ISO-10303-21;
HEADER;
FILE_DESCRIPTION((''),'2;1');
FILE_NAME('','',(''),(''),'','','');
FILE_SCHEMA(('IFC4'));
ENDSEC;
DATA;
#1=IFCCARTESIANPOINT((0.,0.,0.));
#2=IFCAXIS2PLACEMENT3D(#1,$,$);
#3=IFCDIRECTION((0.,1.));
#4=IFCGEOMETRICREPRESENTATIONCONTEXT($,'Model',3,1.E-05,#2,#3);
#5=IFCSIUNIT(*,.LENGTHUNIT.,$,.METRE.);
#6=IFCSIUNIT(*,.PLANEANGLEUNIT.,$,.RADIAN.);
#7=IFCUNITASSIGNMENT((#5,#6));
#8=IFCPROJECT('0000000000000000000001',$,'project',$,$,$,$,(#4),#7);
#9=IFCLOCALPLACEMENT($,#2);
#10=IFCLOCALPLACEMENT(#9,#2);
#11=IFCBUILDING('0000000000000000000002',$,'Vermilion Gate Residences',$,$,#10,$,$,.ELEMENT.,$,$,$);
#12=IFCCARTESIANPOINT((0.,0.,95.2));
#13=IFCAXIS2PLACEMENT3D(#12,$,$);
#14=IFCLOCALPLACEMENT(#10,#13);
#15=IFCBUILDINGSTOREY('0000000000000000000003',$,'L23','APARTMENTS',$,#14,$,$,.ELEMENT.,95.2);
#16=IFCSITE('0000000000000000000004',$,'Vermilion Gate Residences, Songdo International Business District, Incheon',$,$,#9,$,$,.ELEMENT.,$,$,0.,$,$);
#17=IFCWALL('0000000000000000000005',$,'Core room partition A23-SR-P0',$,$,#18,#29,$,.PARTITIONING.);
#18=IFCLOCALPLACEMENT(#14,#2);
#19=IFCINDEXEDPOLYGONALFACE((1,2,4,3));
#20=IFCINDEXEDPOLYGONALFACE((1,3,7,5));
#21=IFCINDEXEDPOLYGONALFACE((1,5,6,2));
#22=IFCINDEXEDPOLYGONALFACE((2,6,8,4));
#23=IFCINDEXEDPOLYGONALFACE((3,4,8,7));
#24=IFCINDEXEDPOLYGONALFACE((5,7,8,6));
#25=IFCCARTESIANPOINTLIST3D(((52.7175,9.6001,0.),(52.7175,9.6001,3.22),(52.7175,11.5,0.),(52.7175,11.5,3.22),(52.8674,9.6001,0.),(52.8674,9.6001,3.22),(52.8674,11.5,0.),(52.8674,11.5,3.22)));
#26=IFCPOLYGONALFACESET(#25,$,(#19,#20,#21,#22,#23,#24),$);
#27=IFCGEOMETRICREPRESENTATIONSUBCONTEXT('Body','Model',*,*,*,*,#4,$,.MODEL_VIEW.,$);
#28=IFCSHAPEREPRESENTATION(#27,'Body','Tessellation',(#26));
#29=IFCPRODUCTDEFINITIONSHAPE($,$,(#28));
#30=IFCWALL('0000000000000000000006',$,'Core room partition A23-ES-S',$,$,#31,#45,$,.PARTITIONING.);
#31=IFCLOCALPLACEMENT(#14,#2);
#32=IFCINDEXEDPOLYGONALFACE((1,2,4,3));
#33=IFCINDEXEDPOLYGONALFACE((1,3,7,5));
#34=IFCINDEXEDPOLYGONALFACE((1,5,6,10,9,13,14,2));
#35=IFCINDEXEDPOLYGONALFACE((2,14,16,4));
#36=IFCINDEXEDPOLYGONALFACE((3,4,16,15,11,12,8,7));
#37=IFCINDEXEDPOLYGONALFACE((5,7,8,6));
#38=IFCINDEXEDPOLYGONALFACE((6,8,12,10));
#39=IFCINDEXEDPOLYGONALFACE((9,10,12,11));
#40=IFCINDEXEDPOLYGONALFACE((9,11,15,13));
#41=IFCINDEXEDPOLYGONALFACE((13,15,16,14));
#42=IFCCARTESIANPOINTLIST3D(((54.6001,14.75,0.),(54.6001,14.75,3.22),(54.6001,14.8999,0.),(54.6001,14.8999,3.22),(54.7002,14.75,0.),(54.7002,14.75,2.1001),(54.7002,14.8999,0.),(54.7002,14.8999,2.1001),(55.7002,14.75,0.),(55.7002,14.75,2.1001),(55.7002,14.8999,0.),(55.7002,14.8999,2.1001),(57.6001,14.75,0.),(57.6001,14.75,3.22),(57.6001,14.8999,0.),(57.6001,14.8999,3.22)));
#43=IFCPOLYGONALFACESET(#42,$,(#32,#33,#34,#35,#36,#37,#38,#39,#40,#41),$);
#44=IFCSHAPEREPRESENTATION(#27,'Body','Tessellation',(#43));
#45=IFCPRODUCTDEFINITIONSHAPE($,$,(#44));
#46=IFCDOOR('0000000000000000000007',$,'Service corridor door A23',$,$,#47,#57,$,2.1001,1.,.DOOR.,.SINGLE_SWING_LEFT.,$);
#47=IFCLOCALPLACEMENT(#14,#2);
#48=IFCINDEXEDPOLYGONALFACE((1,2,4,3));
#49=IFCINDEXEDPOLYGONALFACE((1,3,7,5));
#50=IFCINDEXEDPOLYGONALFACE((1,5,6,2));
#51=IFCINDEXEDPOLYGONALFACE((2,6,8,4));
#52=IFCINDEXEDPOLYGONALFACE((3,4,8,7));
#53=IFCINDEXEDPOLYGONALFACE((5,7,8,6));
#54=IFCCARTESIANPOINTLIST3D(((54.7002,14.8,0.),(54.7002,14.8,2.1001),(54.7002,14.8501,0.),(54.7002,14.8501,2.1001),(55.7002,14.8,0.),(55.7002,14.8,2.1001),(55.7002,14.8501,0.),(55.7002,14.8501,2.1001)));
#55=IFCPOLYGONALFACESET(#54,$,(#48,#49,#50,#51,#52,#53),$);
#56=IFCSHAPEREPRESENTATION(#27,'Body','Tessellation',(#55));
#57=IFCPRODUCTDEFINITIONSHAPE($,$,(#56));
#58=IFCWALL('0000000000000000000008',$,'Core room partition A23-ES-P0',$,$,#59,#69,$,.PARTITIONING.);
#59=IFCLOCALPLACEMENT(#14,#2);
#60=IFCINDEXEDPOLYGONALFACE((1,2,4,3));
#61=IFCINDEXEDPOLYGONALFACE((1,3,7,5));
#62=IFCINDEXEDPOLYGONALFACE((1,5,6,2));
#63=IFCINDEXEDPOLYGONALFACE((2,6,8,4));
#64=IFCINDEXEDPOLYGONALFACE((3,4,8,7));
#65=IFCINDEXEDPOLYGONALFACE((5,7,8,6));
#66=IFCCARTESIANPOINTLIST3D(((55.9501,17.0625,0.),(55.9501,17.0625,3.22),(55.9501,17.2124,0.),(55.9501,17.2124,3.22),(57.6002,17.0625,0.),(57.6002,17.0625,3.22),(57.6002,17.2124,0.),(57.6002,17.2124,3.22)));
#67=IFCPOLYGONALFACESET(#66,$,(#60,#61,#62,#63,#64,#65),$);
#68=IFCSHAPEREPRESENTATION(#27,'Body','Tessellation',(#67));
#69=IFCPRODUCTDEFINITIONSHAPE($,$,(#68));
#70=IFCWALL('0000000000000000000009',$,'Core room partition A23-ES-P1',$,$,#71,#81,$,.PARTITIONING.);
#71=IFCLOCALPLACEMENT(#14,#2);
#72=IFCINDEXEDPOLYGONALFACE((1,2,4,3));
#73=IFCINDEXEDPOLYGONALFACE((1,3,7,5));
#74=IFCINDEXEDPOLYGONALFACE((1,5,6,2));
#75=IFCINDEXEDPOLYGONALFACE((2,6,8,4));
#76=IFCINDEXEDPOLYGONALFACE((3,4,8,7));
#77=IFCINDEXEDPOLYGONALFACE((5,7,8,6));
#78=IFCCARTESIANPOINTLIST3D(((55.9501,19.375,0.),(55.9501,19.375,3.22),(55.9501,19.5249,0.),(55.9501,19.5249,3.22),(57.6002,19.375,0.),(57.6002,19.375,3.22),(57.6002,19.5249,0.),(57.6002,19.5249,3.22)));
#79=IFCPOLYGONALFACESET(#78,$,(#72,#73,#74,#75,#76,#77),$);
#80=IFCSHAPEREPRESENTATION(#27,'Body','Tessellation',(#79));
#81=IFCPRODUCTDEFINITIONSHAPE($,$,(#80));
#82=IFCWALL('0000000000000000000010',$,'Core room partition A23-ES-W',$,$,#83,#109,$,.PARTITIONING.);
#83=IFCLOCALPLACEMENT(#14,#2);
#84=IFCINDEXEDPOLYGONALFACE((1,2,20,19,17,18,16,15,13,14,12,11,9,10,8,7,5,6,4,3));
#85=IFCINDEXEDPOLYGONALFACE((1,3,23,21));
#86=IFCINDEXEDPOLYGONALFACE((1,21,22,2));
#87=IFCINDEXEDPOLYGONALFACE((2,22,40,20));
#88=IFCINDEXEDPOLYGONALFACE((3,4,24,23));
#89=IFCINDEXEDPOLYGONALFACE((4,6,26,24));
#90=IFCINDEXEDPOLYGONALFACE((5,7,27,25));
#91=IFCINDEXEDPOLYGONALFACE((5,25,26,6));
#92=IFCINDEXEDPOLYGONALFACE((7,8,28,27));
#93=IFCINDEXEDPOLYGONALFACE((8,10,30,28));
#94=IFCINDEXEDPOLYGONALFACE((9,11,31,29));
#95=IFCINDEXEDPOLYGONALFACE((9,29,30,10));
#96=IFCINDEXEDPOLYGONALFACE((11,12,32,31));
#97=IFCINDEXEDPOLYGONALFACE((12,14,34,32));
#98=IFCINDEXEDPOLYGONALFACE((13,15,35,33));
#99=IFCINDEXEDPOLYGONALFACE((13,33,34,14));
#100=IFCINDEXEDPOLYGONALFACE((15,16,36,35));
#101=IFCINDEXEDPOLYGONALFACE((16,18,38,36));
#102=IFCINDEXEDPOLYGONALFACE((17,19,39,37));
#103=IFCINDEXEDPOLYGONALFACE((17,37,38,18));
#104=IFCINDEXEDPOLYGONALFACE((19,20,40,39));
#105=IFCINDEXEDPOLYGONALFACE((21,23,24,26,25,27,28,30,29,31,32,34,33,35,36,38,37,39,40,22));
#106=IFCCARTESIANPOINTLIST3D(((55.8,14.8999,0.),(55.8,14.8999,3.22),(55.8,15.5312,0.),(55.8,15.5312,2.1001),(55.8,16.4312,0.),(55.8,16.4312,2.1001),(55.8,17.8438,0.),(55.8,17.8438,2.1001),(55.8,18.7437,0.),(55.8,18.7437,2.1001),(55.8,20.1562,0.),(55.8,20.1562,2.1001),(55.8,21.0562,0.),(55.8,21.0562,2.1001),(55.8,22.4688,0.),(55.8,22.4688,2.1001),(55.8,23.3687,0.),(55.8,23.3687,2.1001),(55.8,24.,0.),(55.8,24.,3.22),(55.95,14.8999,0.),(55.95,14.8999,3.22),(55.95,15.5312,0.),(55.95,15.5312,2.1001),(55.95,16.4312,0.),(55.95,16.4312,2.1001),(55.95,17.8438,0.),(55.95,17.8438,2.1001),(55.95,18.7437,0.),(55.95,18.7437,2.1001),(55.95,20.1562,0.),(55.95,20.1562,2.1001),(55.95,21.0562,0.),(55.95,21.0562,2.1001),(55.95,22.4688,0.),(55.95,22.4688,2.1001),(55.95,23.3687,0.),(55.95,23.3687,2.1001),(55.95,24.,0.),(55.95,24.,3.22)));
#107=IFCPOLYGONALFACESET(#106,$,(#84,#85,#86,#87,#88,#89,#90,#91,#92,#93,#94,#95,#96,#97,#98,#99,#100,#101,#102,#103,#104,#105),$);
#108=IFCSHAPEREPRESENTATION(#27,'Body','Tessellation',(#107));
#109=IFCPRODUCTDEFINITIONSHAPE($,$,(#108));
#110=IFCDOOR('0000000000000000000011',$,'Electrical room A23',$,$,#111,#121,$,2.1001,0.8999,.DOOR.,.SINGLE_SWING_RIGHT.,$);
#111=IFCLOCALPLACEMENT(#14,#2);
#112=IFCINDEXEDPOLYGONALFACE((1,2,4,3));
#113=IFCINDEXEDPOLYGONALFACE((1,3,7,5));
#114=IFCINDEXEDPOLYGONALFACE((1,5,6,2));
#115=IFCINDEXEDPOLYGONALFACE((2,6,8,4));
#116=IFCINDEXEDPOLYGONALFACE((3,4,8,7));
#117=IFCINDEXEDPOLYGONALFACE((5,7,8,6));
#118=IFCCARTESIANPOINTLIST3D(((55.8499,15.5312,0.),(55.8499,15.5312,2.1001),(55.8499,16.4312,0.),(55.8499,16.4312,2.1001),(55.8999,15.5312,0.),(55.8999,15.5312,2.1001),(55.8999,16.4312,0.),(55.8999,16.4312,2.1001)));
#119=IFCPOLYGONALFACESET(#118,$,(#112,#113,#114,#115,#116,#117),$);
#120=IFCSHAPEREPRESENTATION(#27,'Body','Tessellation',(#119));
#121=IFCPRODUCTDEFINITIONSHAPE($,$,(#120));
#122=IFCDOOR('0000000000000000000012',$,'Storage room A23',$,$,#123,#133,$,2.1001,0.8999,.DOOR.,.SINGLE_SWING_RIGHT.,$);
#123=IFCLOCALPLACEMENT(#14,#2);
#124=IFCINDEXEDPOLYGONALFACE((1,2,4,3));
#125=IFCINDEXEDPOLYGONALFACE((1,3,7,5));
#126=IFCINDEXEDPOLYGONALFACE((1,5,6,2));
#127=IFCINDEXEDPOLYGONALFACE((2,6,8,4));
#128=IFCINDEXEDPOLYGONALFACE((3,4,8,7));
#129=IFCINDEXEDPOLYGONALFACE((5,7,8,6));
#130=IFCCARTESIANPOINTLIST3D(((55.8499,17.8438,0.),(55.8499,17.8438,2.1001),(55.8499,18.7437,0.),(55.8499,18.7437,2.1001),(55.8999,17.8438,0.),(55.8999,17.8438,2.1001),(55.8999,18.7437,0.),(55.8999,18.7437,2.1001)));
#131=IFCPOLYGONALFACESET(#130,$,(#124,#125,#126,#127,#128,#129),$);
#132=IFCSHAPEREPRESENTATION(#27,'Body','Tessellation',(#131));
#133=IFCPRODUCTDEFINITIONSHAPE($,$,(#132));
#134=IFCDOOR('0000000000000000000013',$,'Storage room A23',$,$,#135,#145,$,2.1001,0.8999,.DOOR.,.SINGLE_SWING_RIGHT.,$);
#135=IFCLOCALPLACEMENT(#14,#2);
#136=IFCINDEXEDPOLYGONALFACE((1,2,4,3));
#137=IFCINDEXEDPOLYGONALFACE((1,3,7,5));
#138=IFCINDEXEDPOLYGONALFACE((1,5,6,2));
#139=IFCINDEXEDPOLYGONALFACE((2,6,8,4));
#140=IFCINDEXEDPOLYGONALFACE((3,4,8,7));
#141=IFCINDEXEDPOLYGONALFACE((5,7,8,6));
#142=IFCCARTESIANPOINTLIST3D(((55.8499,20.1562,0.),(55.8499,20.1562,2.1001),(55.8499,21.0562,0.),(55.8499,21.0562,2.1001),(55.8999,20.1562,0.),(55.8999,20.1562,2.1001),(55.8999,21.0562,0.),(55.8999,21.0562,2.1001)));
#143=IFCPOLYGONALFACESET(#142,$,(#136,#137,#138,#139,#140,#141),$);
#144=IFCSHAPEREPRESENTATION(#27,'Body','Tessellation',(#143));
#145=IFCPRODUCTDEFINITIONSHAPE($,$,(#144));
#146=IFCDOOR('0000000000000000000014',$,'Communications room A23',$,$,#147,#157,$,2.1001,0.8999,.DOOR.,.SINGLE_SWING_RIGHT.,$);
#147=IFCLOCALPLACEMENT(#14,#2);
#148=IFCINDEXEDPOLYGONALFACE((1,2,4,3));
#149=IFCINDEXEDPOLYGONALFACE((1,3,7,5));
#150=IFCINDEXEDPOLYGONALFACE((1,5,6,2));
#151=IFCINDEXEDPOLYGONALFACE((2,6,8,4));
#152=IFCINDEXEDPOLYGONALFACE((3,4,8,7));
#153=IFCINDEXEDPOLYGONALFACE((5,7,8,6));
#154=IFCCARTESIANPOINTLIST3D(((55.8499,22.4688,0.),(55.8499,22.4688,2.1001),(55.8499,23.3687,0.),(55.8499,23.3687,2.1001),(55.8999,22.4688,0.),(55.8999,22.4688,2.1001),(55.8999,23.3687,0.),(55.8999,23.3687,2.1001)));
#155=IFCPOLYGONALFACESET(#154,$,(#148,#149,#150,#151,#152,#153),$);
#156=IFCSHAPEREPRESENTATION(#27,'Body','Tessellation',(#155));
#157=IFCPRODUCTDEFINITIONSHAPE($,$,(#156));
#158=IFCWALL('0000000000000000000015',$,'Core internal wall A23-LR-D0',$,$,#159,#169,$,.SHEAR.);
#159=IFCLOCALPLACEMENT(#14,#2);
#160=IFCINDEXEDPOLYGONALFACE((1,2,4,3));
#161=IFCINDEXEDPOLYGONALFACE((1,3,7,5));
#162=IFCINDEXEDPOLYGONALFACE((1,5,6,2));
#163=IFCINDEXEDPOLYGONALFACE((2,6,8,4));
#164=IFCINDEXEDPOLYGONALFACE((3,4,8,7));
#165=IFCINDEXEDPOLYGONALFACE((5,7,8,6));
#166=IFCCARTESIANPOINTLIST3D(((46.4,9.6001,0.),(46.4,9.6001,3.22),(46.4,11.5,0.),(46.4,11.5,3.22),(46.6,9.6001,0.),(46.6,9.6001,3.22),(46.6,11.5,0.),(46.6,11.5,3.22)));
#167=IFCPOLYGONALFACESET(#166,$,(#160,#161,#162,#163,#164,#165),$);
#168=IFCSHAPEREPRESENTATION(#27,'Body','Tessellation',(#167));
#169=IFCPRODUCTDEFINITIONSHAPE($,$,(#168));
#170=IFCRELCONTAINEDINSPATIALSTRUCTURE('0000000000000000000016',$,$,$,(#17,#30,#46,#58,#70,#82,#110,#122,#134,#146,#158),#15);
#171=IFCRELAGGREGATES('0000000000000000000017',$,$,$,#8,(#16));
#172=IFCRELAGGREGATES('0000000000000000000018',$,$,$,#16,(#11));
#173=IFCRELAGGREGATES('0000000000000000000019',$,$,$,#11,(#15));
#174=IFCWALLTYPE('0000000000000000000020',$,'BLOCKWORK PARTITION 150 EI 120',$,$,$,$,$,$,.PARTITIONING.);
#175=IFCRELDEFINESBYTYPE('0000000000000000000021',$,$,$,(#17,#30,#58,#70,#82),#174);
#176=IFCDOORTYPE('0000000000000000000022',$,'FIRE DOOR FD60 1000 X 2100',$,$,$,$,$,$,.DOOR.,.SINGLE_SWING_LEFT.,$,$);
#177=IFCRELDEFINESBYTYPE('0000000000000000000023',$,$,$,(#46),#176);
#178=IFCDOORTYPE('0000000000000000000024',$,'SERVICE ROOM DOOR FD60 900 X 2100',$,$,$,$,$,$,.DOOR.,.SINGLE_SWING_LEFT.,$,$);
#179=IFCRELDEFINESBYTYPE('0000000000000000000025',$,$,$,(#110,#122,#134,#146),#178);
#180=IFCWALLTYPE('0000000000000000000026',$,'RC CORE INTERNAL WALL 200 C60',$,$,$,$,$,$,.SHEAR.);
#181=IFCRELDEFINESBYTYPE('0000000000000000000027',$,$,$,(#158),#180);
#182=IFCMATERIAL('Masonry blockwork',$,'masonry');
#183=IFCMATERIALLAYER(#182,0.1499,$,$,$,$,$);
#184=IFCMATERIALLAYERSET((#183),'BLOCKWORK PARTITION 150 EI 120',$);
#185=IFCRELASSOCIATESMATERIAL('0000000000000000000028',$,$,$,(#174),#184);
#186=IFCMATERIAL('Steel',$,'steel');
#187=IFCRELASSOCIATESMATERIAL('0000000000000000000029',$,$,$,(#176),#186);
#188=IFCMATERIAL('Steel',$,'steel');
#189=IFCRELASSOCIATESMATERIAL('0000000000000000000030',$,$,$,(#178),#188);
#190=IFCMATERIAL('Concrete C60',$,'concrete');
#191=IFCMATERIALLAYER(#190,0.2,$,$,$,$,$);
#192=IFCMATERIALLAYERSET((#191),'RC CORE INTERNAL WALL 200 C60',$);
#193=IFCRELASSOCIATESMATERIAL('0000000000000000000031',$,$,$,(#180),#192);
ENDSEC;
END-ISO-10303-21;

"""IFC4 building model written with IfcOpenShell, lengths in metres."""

from ifc_helpers import new_model, si_unit, direction, frame, frame_2d, origin, place, context, subcontext, project, spatial, rectangle, extrude, material, layer, layer_set, type_object, element, fill, save


model = new_model("IFC4")

# Units and contexts
model_context = context("Model", 3, precision=1e-05, world=origin(), true_north=direction((0.0, 1.0)))
body_context = subcontext(model_context, "Body", "Model", "MODEL_VIEW")
ifc_project = project(units=[si_unit("LENGTHUNIT", "METRE"), si_unit("PLANEANGLEUNIT", "RADIAN")], contexts=[model_context])

# Site, building, storey
site_placement = place(None, origin())
site = spatial("IfcSite", under=ifc_project, at=site_placement, Name="Vermilion Gate Residences, Songdo International Business District, Incheon", CompositionType="ELEMENT", RefElevation=0.0)
building_placement = place(site_placement, origin())
building = spatial("IfcBuilding", under=site, at=building_placement, Name="Vermilion Gate Residences", CompositionType="ELEMENT")
storey_placement = place(building_placement, frame((0.0, 0.0, 95.2)))
storey = spatial("IfcBuildingStorey", under=building, at=storey_placement, Name="L23", Description="APARTMENTS", CompositionType="ELEMENT", Elevation=95.2)

# Wall
ifc_material_1 = material(Name="Masonry blockwork", Category="masonry")
ifc_layer_1 = layer(ifc_material_1, 0.1499)
ifc_layer_set_1 = layer_set([ifc_layer_1], Name="BLOCKWORK PARTITION 150 EI 120")
wall_type_1 = type_object("IfcWallType", Name="BLOCKWORK PARTITION 150 EI 120", PredefinedType="PARTITIONING", material=ifc_layer_set_1)
wall_1_placement = place(storey_placement, frame((52.7925, 9.6001, 0.0), z_axis=(0.0, 0.0, 1.0), x_axis=(0.0, 1.0, 0.0)))
element("IfcWall", 1, at=wall_1_placement, inside=storey, type_object=wall_type_1, Name="Core room partition A23-SR-P0", PredefinedType="PARTITIONING", context=body_context, shape_type="SweptSolid", body=[
    extrude(rectangle(XDim=1.8999, YDim=0.1499, at=frame_2d((0.95, 0.0))), origin(), (0.0, 0.0, 1.0), 3.22),
])

# Wall, opening, door
wall_2_placement = place(storey_placement, frame((54.6001, 14.825, 0.0), z_axis=(0.0, 0.0, 1.0), x_axis=(1.0, 0.0, 0.0)))
wall_2 = element("IfcWall", 2, at=wall_2_placement, inside=storey, type_object=wall_type_1, Name="Core room partition A23-ES-S", PredefinedType="PARTITIONING", context=body_context, shape_type="SweptSolid", body=[
    extrude(rectangle(XDim=3.0, YDim=0.1499, at=frame_2d((1.5, 0.0))), origin(), (0.0, 0.0, 1.0), 3.22),
])
opening_1_placement = place(wall_2_placement, frame((0.1001, 0.0, 0.0)))
opening_1 = element("IfcOpeningElement", 3, at=opening_1_placement, cuts=wall_2, PredefinedType="OPENING", context=body_context, shape_type="SweptSolid", body=[
    extrude(rectangle(XDim=1.0, YDim=2.1001, at=frame_2d((0.5, 1.05))), frame((0.0, 0.085, 0.0), z_axis=(0.0, -1.0, 0.0), x_axis=(1.0, 0.0, 0.0)), (0.0, 0.0, 1.0), 0.1699),
])
ifc_material_2 = material(Name="Steel", Category="steel")
door_type_1 = type_object("IfcDoorType", Name="FIRE DOOR FD60 1000 X 2100", OperationType="SINGLE_SWING_LEFT", PredefinedType="DOOR", material=ifc_material_2)
door_1_placement = place(opening_1_placement, frame((1.0, 0.0, 0.0), z_axis=(0.0, 0.0, 1.0), x_axis=(-1.0, 0.0, 0.0)))
door_1 = element("IfcDoor", 4, at=door_1_placement, inside=storey, type_object=door_type_1, Name="Service corridor door A23", OperationType="SINGLE_SWING_LEFT", OverallHeight=2.1001, OverallWidth=1.0, PredefinedType="DOOR", context=body_context, shape_type="SweptSolid", body=[
    extrude(rectangle(XDim=1.0, YDim=2.1001, at=frame_2d((0.5, 1.05))), frame((0.0, 0.0249, 0.0), z_axis=(0.0, -1.0, 0.0), x_axis=(1.0, 0.0, 0.0)), (0.0, 0.0, 1.0), 0.05),
])
fill(opening_1, door_1)

# Walls
for number, where, z_axis, x_axis, name in (
    (5, (55.95, 17.1375, 0.0), (0.0, 0.0, 1.0), (1.0, 0.0, 0.0), "Core room partition A23-ES-P0"),
    (6, (55.95, 19.45, 0.0), (0.0, 0.0, 1.0), (1.0, 0.0, 0.0), "Core room partition A23-ES-P1"),
):
    element("IfcWall", number, at=place(storey_placement, frame(where, z_axis=z_axis, x_axis=x_axis)), inside=storey, type_object=wall_type_1, Name=name, PredefinedType="PARTITIONING", context=body_context, shape_type="SweptSolid", body=[
        extrude(rectangle(XDim=1.6501, YDim=0.1499, at=frame_2d((0.8252, 0.0))), origin(), (0.0, 0.0, 1.0), 3.22),
    ])

# Wall, openings, doors
wall_3_placement = place(storey_placement, frame((55.875, 14.8999, 0.0), z_axis=(0.0, 0.0, 1.0), x_axis=(0.0, 1.0, 0.0)))
wall_3 = element("IfcWall", 7, at=wall_3_placement, inside=storey, type_object=wall_type_1, Name="Core room partition A23-ES-W", PredefinedType="PARTITIONING", context=body_context, shape_type="SweptSolid", body=[
    extrude(rectangle(XDim=9.1001, YDim=0.1499, at=frame_2d((4.55, 0.0))), origin(), (0.0, 0.0, 1.0), 3.22),
])
opening_2_placement = place(wall_3_placement, frame((0.6313, 0.0, 0.0)))
opening_2 = element("IfcOpeningElement", 8, at=opening_2_placement, cuts=wall_3, PredefinedType="OPENING", context=body_context, shape_type="SweptSolid", body=[
    extrude(rectangle(XDim=0.8999, YDim=2.1001, at=frame_2d((0.45, 1.05))), frame((0.0, 0.085, 0.0), z_axis=(0.0, -1.0, 0.0), x_axis=(1.0, 0.0, 0.0)), (0.0, 0.0, 1.0), 0.1699),
])
opening_3_placement = place(wall_3_placement, frame((2.9438, 0.0, 0.0)))
opening_3 = element("IfcOpeningElement", 9, at=opening_3_placement, cuts=wall_3, PredefinedType="OPENING", context=body_context, shape_type="SweptSolid", body=[
    extrude(rectangle(XDim=0.8999, YDim=2.1001, at=frame_2d((0.45, 1.05))), frame((0.0, 0.085, 0.0), z_axis=(0.0, -1.0, 0.0), x_axis=(1.0, 0.0, 0.0)), (0.0, 0.0, 1.0), 0.1699),
])
opening_4_placement = place(wall_3_placement, frame((5.2563, 0.0, 0.0)))
opening_4 = element("IfcOpeningElement", 10, at=opening_4_placement, cuts=wall_3, PredefinedType="OPENING", context=body_context, shape_type="SweptSolid", body=[
    extrude(rectangle(XDim=0.8999, YDim=2.1001, at=frame_2d((0.45, 1.05))), frame((0.0, 0.085, 0.0), z_axis=(0.0, -1.0, 0.0), x_axis=(1.0, 0.0, 0.0)), (0.0, 0.0, 1.0), 0.1699),
])
opening_5_placement = place(wall_3_placement, frame((7.5688, 0.0, 0.0)))
opening_5 = element("IfcOpeningElement", 11, at=opening_5_placement, cuts=wall_3, PredefinedType="OPENING", context=body_context, shape_type="SweptSolid", body=[
    extrude(rectangle(XDim=0.8999, YDim=2.1001, at=frame_2d((0.45, 1.05))), frame((0.0, 0.085, 0.0), z_axis=(0.0, -1.0, 0.0), x_axis=(1.0, 0.0, 0.0)), (0.0, 0.0, 1.0), 0.1699),
])
ifc_material_3 = material(Name="Steel", Category="steel")
door_type_2 = type_object("IfcDoorType", Name="SERVICE ROOM DOOR FD60 900 X 2100", OperationType="SINGLE_SWING_LEFT", PredefinedType="DOOR", material=ifc_material_3)
door_2_placement = place(opening_2_placement, frame((0.8999, 0.0, 0.0), z_axis=(0.0, 0.0, 1.0), x_axis=(-1.0, 0.0, 0.0)))
door_2 = element("IfcDoor", 12, at=door_2_placement, inside=storey, type_object=door_type_2, Name="Electrical room A23", OperationType="SINGLE_SWING_RIGHT", OverallHeight=2.1001, OverallWidth=0.8999, PredefinedType="DOOR", context=body_context, shape_type="SweptSolid", body=[
    extrude(rectangle(XDim=0.8999, YDim=2.1001, at=frame_2d((0.45, 1.05))), frame((0.0, 0.0249, 0.0), z_axis=(0.0, -1.0, 0.0), x_axis=(1.0, 0.0, 0.0)), (0.0, 0.0, 1.0), 0.05),
])
fill(opening_2, door_2)
door_3_placement = place(opening_3_placement, frame((0.8999, 0.0, 0.0), z_axis=(0.0, 0.0, 1.0), x_axis=(-1.0, 0.0, 0.0)))
door_3 = element("IfcDoor", 13, at=door_3_placement, inside=storey, type_object=door_type_2, Name="Storage room A23", OperationType="SINGLE_SWING_RIGHT", OverallHeight=2.1001, OverallWidth=0.8999, PredefinedType="DOOR", context=body_context, shape_type="SweptSolid", body=[
    extrude(rectangle(XDim=0.8999, YDim=2.1001, at=frame_2d((0.45, 1.05))), frame((0.0, 0.0249, 0.0), z_axis=(0.0, -1.0, 0.0), x_axis=(1.0, 0.0, 0.0)), (0.0, 0.0, 1.0), 0.05),
])
fill(opening_3, door_3)
door_4_placement = place(opening_4_placement, frame((0.8999, 0.0, 0.0), z_axis=(0.0, 0.0, 1.0), x_axis=(-1.0, 0.0, 0.0)))
door_4 = element("IfcDoor", 14, at=door_4_placement, inside=storey, type_object=door_type_2, Name="Storage room A23", OperationType="SINGLE_SWING_RIGHT", OverallHeight=2.1001, OverallWidth=0.8999, PredefinedType="DOOR", context=body_context, shape_type="SweptSolid", body=[
    extrude(rectangle(XDim=0.8999, YDim=2.1001, at=frame_2d((0.45, 1.05))), frame((0.0, 0.0249, 0.0), z_axis=(0.0, -1.0, 0.0), x_axis=(1.0, 0.0, 0.0)), (0.0, 0.0, 1.0), 0.05),
])
fill(opening_4, door_4)
door_5_placement = place(opening_5_placement, frame((0.8999, 0.0, 0.0), z_axis=(0.0, 0.0, 1.0), x_axis=(-1.0, 0.0, 0.0)))
door_5 = element("IfcDoor", 15, at=door_5_placement, inside=storey, type_object=door_type_2, Name="Communications room A23", OperationType="SINGLE_SWING_RIGHT", OverallHeight=2.1001, OverallWidth=0.8999, PredefinedType="DOOR", context=body_context, shape_type="SweptSolid", body=[
    extrude(rectangle(XDim=0.8999, YDim=2.1001, at=frame_2d((0.45, 1.05))), frame((0.0, 0.0249, 0.0), z_axis=(0.0, -1.0, 0.0), x_axis=(1.0, 0.0, 0.0)), (0.0, 0.0, 1.0), 0.05),
])
fill(opening_5, door_5)

# Wall
ifc_material_4 = material(Name="Concrete C60", Category="concrete")
ifc_layer_2 = layer(ifc_material_4, 0.2)
ifc_layer_set_2 = layer_set([ifc_layer_2], Name="RC CORE INTERNAL WALL 200 C60")
wall_type_2 = type_object("IfcWallType", Name="RC CORE INTERNAL WALL 200 C60", PredefinedType="SHEAR", material=ifc_layer_set_2)
for number, where, z_axis, x_axis, name in (
    (16, (46.5, 9.6001, 0.0), (0.0, 0.0, 1.0), (0.0, 1.0, 0.0), "Core internal wall A23-LR-D0"),
):
    element("IfcWall", number, at=place(storey_placement, frame(where, z_axis=z_axis, x_axis=x_axis)), inside=storey, type_object=wall_type_2, Name=name, PredefinedType="SHEAR", context=body_context, shape_type="SweptSolid", body=[
        extrude(rectangle(XDim=1.8999, YDim=0.2, at=frame_2d((0.95, 0.0))), origin(), (0.0, 0.0, 1.0), 3.22),
    ])

save(model, "model.ifc")
